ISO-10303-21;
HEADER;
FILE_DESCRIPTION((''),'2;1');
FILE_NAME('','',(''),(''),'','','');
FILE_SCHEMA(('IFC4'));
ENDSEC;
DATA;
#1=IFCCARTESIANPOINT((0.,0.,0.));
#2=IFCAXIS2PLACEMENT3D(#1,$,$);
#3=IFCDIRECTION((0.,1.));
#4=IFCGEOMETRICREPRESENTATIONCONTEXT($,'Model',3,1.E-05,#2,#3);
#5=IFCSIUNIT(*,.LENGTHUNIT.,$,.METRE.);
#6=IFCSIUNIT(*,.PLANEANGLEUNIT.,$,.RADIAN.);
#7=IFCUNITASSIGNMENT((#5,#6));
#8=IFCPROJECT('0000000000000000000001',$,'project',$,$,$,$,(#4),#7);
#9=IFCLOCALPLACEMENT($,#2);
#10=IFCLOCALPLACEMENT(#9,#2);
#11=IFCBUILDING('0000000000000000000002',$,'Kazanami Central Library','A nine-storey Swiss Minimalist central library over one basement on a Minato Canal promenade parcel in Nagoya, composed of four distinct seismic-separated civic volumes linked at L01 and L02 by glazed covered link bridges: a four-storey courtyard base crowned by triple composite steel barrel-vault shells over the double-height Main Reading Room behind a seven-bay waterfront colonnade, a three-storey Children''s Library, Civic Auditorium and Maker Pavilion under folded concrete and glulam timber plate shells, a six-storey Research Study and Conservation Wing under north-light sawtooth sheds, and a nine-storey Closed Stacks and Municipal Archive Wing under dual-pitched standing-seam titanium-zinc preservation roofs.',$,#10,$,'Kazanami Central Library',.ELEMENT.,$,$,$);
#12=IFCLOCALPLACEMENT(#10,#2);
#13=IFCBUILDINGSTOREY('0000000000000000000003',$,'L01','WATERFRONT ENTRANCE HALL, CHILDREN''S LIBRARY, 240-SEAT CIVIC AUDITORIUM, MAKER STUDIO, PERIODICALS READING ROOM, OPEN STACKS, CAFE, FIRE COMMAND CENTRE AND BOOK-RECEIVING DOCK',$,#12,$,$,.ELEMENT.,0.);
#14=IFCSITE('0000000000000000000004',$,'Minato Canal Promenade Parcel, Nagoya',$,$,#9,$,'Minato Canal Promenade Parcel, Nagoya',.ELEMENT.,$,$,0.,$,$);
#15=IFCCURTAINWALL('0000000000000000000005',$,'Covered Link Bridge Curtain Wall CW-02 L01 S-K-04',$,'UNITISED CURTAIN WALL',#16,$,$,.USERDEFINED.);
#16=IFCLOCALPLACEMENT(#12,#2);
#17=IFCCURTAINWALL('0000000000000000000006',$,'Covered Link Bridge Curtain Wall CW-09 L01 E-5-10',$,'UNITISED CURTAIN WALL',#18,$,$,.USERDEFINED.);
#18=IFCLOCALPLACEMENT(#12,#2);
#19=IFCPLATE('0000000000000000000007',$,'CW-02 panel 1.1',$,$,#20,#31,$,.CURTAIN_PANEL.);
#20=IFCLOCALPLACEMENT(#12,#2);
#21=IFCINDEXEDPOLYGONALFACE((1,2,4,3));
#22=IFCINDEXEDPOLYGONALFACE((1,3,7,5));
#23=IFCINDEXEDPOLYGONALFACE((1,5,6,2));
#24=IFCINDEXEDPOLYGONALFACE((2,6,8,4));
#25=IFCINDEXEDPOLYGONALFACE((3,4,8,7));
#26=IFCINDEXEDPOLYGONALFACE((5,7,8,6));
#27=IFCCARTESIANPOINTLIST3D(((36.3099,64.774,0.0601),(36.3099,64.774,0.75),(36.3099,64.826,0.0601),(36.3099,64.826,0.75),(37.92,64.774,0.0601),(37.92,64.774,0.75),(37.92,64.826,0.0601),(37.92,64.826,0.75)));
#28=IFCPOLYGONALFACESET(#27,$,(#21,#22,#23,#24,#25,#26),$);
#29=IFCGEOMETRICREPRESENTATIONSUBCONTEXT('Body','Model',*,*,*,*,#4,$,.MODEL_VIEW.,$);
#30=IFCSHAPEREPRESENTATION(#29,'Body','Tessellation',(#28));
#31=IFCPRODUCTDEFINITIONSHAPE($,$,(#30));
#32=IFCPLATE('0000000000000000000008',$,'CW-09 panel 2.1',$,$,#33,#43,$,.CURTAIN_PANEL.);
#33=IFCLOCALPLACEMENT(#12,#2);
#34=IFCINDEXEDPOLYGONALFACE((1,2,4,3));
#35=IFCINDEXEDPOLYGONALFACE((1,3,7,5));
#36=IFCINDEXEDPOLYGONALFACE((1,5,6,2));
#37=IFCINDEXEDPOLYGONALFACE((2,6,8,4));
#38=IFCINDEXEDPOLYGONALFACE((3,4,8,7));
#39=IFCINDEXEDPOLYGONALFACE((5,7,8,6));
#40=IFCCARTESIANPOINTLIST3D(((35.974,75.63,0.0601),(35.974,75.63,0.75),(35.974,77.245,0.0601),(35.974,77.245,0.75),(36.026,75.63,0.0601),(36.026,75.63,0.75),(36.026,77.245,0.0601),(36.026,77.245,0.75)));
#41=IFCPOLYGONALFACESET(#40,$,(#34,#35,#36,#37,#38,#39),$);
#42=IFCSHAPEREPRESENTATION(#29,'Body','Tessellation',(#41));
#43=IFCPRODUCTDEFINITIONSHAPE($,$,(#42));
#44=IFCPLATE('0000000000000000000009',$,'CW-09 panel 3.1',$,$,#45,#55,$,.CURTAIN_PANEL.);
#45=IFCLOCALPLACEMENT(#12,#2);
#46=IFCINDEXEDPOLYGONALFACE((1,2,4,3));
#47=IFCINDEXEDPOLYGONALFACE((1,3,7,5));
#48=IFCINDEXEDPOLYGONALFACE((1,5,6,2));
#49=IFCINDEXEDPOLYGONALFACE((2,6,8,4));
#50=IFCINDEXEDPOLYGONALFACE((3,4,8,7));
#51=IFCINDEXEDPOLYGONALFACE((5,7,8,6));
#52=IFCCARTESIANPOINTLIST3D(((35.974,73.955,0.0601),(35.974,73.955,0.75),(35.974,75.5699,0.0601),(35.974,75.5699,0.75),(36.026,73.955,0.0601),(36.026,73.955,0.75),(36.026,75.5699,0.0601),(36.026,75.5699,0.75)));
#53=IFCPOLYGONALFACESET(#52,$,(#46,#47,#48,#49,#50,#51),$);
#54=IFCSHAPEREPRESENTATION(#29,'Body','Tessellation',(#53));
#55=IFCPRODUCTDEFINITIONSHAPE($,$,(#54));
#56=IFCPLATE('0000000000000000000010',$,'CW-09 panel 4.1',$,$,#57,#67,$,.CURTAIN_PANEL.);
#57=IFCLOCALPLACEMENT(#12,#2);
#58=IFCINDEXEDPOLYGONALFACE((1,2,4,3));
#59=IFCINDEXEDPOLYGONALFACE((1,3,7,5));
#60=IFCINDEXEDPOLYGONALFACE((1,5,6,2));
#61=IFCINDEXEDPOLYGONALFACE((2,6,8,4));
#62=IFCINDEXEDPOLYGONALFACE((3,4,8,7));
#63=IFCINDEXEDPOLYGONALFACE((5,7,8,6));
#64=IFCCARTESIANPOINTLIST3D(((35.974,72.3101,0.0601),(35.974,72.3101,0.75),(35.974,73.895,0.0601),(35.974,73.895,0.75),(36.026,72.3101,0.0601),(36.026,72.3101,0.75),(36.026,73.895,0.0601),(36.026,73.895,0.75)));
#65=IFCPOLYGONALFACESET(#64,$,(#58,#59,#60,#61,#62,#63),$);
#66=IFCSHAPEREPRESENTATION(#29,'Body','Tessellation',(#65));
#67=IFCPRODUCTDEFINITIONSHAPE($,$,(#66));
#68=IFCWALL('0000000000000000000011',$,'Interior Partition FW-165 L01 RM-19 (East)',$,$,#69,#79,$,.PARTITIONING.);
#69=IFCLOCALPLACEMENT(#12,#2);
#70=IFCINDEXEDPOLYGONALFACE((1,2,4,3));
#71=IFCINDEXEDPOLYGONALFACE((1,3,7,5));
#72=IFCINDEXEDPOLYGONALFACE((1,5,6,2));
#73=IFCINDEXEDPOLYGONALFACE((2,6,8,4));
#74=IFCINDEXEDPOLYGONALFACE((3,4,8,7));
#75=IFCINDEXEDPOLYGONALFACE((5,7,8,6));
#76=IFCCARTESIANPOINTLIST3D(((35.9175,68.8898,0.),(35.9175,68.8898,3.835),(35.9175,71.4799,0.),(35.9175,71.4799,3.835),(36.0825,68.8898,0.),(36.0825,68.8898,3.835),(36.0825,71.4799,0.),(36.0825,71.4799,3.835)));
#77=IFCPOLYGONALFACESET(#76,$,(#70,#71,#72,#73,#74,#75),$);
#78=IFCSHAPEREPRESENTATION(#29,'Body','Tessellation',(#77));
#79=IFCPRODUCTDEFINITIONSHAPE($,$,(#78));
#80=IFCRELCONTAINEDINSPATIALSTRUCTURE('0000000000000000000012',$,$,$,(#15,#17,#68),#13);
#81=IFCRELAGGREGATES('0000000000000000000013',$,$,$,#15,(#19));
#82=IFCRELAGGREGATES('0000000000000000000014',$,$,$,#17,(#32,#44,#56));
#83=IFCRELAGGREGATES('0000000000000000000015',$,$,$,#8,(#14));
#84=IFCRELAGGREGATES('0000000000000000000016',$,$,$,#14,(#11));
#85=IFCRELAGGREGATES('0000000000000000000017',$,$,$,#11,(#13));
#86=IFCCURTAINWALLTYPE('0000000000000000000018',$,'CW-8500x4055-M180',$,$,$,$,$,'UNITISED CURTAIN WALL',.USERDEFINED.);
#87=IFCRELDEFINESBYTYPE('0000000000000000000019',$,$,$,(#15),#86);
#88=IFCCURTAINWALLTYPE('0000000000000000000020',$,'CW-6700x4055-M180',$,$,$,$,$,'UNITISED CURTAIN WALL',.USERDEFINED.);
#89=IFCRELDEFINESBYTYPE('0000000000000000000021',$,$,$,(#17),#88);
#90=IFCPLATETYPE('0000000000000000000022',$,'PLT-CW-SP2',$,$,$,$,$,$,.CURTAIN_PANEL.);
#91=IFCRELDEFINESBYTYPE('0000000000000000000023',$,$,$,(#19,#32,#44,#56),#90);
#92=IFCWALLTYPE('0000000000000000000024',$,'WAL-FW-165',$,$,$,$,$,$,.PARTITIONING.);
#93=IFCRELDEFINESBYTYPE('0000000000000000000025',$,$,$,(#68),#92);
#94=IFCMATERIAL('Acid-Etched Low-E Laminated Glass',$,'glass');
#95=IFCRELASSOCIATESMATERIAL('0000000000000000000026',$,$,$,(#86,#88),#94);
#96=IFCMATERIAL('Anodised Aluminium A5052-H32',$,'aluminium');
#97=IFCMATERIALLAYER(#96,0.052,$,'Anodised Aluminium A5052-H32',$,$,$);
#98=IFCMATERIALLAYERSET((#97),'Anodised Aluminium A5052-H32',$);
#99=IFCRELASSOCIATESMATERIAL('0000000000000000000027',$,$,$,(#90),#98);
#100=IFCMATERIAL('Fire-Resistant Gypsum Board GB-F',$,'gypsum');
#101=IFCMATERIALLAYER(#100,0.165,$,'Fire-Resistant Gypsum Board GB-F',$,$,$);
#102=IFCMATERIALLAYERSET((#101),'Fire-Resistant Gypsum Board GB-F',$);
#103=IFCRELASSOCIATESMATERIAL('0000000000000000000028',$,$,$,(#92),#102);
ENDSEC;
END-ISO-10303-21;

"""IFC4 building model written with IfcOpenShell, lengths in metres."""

from ifc_helpers import new_model, si_unit, direction, frame, frame_2d, origin, origin_2d, place, context, subcontext, project, spatial, rectangle, extrude, material, layer, layer_set, type_object, element, aggregate, save


model = new_model("IFC4")

# Units and contexts
model_context = context("Model", 3, precision=1e-05, world=origin(), true_north=direction((0.0, 1.0)))
body_context = subcontext(model_context, "Body", "Model", "MODEL_VIEW")
ifc_project = project(units=[si_unit("LENGTHUNIT", "METRE"), si_unit("PLANEANGLEUNIT", "RADIAN")], contexts=[model_context])

# Site, building, storey
site_placement = place(None, origin())
site = spatial("IfcSite", under=ifc_project, at=site_placement, Name="Minato Canal Promenade Parcel, Nagoya", LongName="Minato Canal Promenade Parcel, Nagoya", CompositionType="ELEMENT", RefElevation=0.0)
building_placement = place(site_placement, origin())
building = spatial("IfcBuilding", under=site, at=building_placement, Name="Kazanami Central Library", Description="A nine-storey Swiss Minimalist central library over one basement on a Minato Canal promenade parcel in Nagoya, composed of four distinct seismic-separated civic volumes linked at L01 and L02 by glazed covered link bridges: a four-storey courtyard base crowned by triple composite steel barrel-vault shells over the double-height Main Reading Room behind a seven-bay waterfront colonnade, a three-storey Children's Library, Civic Auditorium and Maker Pavilion under folded concrete and glulam timber plate shells, a six-storey Research Study and Conservation Wing under north-light sawtooth sheds, and a nine-storey Closed Stacks and Municipal Archive Wing under dual-pitched standing-seam titanium-zinc preservation roofs.", LongName="Kazanami Central Library", CompositionType="ELEMENT")
storey_placement = place(building_placement, origin())
storey = spatial("IfcBuildingStorey", under=building, at=storey_placement, Name="L01", Description="WATERFRONT ENTRANCE HALL, CHILDREN'S LIBRARY, 240-SEAT CIVIC AUDITORIUM, MAKER STUDIO, PERIODICALS READING ROOM, OPEN STACKS, CAFE, FIRE COMMAND CENTRE AND BOOK-RECEIVING DOCK", CompositionType="ELEMENT", Elevation=0.0)

# Curtain wall
ifc_material_1 = material(Name="Acid-Etched Low-E Laminated Glass", Category="glass")
curtain_wall_type_1 = type_object("IfcCurtainWallType", Name="CW-8500x4055-M180", ElementType="UNITISED CURTAIN WALL", PredefinedType="USERDEFINED", material=ifc_material_1)
curtain_wall_1_placement = place(storey_placement, origin())
curtain_wall_1 = element("IfcCurtainWall", 1, at=curtain_wall_1_placement, inside=storey, type_object=curtain_wall_type_1, Name="Covered Link Bridge Curtain Wall CW-02 L01 S-K-04", ObjectType="UNITISED CURTAIN WALL", PredefinedType="USERDEFINED")

# Curtain wall
curtain_wall_type_2 = type_object("IfcCurtainWallType", Name="CW-6700x4055-M180", ElementType="UNITISED CURTAIN WALL", PredefinedType="USERDEFINED", material=ifc_material_1)
curtain_wall_2_placement = place(storey_placement, origin())
curtain_wall_2 = element("IfcCurtainWall", 2, at=curtain_wall_2_placement, inside=storey, type_object=curtain_wall_type_2, Name="Covered Link Bridge Curtain Wall CW-09 L01 E-5-10", ObjectType="UNITISED CURTAIN WALL", PredefinedType="USERDEFINED")

# Plates
ifc_material_2 = material(Name="Anodised Aluminium A5052-H32", Category="aluminium")
ifc_layer_1 = layer(ifc_material_2, 0.052, Name="Anodised Aluminium A5052-H32")
ifc_layer_set_1 = layer_set([ifc_layer_1], Name="Anodised Aluminium A5052-H32")
plate_type_1 = type_object("IfcPlateType", Name="PLT-CW-SP2", PredefinedType="CURTAIN_PANEL", material=ifc_layer_set_1)
plate_1_placement = place(storey_placement, frame((37.115, 64.8, 0.0601), z_axis=(0.0, 0.0, 1.0), x_axis=(1.0, 0.0, 0.0)))
plate_1 = element("IfcPlate", 3, at=plate_1_placement, type_object=plate_type_1, Name="CW-02 panel 1.1", PredefinedType="CURTAIN_PANEL", context=body_context, shape_type="SweptSolid", body=[
    extrude(rectangle(XDim=1.6101, YDim=0.052, at=origin_2d()), origin(), (0.0, 0.0, 1.0), 0.6899),
])
aggregate(curtain_wall_1, [plate_1])
plate_2_placement = place(storey_placement, frame((36.0, 76.4375, 0.0601), z_axis=(0.0, 0.0, 1.0), x_axis=(0.0, -1.0, 0.0)))
plate_2 = element("IfcPlate", 4, at=plate_2_placement, type_object=plate_type_1, Name="CW-09 panel 2.1", PredefinedType="CURTAIN_PANEL", context=body_context, shape_type="SweptSolid", body=[
    extrude(rectangle(XDim=1.615, YDim=0.052, at=origin_2d()), origin(), (0.0, 0.0, 1.0), 0.6899),
])
plate_3_placement = place(storey_placement, frame((36.0, 74.7625, 0.0601), z_axis=(0.0, 0.0, 1.0), x_axis=(0.0, -1.0, 0.0)))
plate_3 = element("IfcPlate", 5, at=plate_3_placement, type_object=plate_type_1, Name="CW-09 panel 3.1", PredefinedType="CURTAIN_PANEL", context=body_context, shape_type="SweptSolid", body=[
    extrude(rectangle(XDim=1.615, YDim=0.052, at=origin_2d()), origin(), (0.0, 0.0, 1.0), 0.6899),
])
plate_4_placement = place(storey_placement, frame((36.0, 73.1025, 0.0601), z_axis=(0.0, 0.0, 1.0), x_axis=(0.0, -1.0, 0.0)))
plate_4 = element("IfcPlate", 6, at=plate_4_placement, type_object=plate_type_1, Name="CW-09 panel 4.1", PredefinedType="CURTAIN_PANEL", context=body_context, shape_type="SweptSolid", body=[
    extrude(rectangle(XDim=1.585, YDim=0.052, at=origin_2d()), origin(), (0.0, 0.0, 1.0), 0.6899),
])
aggregate(curtain_wall_2, [plate_2, plate_3, plate_4])

# Wall
ifc_material_3 = material(Name="Fire-Resistant Gypsum Board GB-F", Category="gypsum")
ifc_layer_2 = layer(ifc_material_3, 0.165, Name="Fire-Resistant Gypsum Board GB-F")
ifc_layer_set_2 = layer_set([ifc_layer_2], Name="Fire-Resistant Gypsum Board GB-F")
wall_type = type_object("IfcWallType", Name="WAL-FW-165", PredefinedType="PARTITIONING", material=ifc_layer_set_2)
wall_placement = place(storey_placement, frame((36.0, 68.8899, 0.0), z_axis=(0.0, 0.0, 1.0), x_axis=(0.0, 1.0, 0.0)))
element("IfcWall", 7, at=wall_placement, inside=storey, type_object=wall_type, Name="Interior Partition FW-165 L01 RM-19 (East)", PredefinedType="PARTITIONING", context=body_context, shape_type="SweptSolid", body=[
    extrude(rectangle(XDim=2.5901, YDim=0.165, at=frame_2d((1.2949, 0.0))), origin(), (0.0, 0.0, 1.0), 3.835),
])

save(model, "model.ifc")
